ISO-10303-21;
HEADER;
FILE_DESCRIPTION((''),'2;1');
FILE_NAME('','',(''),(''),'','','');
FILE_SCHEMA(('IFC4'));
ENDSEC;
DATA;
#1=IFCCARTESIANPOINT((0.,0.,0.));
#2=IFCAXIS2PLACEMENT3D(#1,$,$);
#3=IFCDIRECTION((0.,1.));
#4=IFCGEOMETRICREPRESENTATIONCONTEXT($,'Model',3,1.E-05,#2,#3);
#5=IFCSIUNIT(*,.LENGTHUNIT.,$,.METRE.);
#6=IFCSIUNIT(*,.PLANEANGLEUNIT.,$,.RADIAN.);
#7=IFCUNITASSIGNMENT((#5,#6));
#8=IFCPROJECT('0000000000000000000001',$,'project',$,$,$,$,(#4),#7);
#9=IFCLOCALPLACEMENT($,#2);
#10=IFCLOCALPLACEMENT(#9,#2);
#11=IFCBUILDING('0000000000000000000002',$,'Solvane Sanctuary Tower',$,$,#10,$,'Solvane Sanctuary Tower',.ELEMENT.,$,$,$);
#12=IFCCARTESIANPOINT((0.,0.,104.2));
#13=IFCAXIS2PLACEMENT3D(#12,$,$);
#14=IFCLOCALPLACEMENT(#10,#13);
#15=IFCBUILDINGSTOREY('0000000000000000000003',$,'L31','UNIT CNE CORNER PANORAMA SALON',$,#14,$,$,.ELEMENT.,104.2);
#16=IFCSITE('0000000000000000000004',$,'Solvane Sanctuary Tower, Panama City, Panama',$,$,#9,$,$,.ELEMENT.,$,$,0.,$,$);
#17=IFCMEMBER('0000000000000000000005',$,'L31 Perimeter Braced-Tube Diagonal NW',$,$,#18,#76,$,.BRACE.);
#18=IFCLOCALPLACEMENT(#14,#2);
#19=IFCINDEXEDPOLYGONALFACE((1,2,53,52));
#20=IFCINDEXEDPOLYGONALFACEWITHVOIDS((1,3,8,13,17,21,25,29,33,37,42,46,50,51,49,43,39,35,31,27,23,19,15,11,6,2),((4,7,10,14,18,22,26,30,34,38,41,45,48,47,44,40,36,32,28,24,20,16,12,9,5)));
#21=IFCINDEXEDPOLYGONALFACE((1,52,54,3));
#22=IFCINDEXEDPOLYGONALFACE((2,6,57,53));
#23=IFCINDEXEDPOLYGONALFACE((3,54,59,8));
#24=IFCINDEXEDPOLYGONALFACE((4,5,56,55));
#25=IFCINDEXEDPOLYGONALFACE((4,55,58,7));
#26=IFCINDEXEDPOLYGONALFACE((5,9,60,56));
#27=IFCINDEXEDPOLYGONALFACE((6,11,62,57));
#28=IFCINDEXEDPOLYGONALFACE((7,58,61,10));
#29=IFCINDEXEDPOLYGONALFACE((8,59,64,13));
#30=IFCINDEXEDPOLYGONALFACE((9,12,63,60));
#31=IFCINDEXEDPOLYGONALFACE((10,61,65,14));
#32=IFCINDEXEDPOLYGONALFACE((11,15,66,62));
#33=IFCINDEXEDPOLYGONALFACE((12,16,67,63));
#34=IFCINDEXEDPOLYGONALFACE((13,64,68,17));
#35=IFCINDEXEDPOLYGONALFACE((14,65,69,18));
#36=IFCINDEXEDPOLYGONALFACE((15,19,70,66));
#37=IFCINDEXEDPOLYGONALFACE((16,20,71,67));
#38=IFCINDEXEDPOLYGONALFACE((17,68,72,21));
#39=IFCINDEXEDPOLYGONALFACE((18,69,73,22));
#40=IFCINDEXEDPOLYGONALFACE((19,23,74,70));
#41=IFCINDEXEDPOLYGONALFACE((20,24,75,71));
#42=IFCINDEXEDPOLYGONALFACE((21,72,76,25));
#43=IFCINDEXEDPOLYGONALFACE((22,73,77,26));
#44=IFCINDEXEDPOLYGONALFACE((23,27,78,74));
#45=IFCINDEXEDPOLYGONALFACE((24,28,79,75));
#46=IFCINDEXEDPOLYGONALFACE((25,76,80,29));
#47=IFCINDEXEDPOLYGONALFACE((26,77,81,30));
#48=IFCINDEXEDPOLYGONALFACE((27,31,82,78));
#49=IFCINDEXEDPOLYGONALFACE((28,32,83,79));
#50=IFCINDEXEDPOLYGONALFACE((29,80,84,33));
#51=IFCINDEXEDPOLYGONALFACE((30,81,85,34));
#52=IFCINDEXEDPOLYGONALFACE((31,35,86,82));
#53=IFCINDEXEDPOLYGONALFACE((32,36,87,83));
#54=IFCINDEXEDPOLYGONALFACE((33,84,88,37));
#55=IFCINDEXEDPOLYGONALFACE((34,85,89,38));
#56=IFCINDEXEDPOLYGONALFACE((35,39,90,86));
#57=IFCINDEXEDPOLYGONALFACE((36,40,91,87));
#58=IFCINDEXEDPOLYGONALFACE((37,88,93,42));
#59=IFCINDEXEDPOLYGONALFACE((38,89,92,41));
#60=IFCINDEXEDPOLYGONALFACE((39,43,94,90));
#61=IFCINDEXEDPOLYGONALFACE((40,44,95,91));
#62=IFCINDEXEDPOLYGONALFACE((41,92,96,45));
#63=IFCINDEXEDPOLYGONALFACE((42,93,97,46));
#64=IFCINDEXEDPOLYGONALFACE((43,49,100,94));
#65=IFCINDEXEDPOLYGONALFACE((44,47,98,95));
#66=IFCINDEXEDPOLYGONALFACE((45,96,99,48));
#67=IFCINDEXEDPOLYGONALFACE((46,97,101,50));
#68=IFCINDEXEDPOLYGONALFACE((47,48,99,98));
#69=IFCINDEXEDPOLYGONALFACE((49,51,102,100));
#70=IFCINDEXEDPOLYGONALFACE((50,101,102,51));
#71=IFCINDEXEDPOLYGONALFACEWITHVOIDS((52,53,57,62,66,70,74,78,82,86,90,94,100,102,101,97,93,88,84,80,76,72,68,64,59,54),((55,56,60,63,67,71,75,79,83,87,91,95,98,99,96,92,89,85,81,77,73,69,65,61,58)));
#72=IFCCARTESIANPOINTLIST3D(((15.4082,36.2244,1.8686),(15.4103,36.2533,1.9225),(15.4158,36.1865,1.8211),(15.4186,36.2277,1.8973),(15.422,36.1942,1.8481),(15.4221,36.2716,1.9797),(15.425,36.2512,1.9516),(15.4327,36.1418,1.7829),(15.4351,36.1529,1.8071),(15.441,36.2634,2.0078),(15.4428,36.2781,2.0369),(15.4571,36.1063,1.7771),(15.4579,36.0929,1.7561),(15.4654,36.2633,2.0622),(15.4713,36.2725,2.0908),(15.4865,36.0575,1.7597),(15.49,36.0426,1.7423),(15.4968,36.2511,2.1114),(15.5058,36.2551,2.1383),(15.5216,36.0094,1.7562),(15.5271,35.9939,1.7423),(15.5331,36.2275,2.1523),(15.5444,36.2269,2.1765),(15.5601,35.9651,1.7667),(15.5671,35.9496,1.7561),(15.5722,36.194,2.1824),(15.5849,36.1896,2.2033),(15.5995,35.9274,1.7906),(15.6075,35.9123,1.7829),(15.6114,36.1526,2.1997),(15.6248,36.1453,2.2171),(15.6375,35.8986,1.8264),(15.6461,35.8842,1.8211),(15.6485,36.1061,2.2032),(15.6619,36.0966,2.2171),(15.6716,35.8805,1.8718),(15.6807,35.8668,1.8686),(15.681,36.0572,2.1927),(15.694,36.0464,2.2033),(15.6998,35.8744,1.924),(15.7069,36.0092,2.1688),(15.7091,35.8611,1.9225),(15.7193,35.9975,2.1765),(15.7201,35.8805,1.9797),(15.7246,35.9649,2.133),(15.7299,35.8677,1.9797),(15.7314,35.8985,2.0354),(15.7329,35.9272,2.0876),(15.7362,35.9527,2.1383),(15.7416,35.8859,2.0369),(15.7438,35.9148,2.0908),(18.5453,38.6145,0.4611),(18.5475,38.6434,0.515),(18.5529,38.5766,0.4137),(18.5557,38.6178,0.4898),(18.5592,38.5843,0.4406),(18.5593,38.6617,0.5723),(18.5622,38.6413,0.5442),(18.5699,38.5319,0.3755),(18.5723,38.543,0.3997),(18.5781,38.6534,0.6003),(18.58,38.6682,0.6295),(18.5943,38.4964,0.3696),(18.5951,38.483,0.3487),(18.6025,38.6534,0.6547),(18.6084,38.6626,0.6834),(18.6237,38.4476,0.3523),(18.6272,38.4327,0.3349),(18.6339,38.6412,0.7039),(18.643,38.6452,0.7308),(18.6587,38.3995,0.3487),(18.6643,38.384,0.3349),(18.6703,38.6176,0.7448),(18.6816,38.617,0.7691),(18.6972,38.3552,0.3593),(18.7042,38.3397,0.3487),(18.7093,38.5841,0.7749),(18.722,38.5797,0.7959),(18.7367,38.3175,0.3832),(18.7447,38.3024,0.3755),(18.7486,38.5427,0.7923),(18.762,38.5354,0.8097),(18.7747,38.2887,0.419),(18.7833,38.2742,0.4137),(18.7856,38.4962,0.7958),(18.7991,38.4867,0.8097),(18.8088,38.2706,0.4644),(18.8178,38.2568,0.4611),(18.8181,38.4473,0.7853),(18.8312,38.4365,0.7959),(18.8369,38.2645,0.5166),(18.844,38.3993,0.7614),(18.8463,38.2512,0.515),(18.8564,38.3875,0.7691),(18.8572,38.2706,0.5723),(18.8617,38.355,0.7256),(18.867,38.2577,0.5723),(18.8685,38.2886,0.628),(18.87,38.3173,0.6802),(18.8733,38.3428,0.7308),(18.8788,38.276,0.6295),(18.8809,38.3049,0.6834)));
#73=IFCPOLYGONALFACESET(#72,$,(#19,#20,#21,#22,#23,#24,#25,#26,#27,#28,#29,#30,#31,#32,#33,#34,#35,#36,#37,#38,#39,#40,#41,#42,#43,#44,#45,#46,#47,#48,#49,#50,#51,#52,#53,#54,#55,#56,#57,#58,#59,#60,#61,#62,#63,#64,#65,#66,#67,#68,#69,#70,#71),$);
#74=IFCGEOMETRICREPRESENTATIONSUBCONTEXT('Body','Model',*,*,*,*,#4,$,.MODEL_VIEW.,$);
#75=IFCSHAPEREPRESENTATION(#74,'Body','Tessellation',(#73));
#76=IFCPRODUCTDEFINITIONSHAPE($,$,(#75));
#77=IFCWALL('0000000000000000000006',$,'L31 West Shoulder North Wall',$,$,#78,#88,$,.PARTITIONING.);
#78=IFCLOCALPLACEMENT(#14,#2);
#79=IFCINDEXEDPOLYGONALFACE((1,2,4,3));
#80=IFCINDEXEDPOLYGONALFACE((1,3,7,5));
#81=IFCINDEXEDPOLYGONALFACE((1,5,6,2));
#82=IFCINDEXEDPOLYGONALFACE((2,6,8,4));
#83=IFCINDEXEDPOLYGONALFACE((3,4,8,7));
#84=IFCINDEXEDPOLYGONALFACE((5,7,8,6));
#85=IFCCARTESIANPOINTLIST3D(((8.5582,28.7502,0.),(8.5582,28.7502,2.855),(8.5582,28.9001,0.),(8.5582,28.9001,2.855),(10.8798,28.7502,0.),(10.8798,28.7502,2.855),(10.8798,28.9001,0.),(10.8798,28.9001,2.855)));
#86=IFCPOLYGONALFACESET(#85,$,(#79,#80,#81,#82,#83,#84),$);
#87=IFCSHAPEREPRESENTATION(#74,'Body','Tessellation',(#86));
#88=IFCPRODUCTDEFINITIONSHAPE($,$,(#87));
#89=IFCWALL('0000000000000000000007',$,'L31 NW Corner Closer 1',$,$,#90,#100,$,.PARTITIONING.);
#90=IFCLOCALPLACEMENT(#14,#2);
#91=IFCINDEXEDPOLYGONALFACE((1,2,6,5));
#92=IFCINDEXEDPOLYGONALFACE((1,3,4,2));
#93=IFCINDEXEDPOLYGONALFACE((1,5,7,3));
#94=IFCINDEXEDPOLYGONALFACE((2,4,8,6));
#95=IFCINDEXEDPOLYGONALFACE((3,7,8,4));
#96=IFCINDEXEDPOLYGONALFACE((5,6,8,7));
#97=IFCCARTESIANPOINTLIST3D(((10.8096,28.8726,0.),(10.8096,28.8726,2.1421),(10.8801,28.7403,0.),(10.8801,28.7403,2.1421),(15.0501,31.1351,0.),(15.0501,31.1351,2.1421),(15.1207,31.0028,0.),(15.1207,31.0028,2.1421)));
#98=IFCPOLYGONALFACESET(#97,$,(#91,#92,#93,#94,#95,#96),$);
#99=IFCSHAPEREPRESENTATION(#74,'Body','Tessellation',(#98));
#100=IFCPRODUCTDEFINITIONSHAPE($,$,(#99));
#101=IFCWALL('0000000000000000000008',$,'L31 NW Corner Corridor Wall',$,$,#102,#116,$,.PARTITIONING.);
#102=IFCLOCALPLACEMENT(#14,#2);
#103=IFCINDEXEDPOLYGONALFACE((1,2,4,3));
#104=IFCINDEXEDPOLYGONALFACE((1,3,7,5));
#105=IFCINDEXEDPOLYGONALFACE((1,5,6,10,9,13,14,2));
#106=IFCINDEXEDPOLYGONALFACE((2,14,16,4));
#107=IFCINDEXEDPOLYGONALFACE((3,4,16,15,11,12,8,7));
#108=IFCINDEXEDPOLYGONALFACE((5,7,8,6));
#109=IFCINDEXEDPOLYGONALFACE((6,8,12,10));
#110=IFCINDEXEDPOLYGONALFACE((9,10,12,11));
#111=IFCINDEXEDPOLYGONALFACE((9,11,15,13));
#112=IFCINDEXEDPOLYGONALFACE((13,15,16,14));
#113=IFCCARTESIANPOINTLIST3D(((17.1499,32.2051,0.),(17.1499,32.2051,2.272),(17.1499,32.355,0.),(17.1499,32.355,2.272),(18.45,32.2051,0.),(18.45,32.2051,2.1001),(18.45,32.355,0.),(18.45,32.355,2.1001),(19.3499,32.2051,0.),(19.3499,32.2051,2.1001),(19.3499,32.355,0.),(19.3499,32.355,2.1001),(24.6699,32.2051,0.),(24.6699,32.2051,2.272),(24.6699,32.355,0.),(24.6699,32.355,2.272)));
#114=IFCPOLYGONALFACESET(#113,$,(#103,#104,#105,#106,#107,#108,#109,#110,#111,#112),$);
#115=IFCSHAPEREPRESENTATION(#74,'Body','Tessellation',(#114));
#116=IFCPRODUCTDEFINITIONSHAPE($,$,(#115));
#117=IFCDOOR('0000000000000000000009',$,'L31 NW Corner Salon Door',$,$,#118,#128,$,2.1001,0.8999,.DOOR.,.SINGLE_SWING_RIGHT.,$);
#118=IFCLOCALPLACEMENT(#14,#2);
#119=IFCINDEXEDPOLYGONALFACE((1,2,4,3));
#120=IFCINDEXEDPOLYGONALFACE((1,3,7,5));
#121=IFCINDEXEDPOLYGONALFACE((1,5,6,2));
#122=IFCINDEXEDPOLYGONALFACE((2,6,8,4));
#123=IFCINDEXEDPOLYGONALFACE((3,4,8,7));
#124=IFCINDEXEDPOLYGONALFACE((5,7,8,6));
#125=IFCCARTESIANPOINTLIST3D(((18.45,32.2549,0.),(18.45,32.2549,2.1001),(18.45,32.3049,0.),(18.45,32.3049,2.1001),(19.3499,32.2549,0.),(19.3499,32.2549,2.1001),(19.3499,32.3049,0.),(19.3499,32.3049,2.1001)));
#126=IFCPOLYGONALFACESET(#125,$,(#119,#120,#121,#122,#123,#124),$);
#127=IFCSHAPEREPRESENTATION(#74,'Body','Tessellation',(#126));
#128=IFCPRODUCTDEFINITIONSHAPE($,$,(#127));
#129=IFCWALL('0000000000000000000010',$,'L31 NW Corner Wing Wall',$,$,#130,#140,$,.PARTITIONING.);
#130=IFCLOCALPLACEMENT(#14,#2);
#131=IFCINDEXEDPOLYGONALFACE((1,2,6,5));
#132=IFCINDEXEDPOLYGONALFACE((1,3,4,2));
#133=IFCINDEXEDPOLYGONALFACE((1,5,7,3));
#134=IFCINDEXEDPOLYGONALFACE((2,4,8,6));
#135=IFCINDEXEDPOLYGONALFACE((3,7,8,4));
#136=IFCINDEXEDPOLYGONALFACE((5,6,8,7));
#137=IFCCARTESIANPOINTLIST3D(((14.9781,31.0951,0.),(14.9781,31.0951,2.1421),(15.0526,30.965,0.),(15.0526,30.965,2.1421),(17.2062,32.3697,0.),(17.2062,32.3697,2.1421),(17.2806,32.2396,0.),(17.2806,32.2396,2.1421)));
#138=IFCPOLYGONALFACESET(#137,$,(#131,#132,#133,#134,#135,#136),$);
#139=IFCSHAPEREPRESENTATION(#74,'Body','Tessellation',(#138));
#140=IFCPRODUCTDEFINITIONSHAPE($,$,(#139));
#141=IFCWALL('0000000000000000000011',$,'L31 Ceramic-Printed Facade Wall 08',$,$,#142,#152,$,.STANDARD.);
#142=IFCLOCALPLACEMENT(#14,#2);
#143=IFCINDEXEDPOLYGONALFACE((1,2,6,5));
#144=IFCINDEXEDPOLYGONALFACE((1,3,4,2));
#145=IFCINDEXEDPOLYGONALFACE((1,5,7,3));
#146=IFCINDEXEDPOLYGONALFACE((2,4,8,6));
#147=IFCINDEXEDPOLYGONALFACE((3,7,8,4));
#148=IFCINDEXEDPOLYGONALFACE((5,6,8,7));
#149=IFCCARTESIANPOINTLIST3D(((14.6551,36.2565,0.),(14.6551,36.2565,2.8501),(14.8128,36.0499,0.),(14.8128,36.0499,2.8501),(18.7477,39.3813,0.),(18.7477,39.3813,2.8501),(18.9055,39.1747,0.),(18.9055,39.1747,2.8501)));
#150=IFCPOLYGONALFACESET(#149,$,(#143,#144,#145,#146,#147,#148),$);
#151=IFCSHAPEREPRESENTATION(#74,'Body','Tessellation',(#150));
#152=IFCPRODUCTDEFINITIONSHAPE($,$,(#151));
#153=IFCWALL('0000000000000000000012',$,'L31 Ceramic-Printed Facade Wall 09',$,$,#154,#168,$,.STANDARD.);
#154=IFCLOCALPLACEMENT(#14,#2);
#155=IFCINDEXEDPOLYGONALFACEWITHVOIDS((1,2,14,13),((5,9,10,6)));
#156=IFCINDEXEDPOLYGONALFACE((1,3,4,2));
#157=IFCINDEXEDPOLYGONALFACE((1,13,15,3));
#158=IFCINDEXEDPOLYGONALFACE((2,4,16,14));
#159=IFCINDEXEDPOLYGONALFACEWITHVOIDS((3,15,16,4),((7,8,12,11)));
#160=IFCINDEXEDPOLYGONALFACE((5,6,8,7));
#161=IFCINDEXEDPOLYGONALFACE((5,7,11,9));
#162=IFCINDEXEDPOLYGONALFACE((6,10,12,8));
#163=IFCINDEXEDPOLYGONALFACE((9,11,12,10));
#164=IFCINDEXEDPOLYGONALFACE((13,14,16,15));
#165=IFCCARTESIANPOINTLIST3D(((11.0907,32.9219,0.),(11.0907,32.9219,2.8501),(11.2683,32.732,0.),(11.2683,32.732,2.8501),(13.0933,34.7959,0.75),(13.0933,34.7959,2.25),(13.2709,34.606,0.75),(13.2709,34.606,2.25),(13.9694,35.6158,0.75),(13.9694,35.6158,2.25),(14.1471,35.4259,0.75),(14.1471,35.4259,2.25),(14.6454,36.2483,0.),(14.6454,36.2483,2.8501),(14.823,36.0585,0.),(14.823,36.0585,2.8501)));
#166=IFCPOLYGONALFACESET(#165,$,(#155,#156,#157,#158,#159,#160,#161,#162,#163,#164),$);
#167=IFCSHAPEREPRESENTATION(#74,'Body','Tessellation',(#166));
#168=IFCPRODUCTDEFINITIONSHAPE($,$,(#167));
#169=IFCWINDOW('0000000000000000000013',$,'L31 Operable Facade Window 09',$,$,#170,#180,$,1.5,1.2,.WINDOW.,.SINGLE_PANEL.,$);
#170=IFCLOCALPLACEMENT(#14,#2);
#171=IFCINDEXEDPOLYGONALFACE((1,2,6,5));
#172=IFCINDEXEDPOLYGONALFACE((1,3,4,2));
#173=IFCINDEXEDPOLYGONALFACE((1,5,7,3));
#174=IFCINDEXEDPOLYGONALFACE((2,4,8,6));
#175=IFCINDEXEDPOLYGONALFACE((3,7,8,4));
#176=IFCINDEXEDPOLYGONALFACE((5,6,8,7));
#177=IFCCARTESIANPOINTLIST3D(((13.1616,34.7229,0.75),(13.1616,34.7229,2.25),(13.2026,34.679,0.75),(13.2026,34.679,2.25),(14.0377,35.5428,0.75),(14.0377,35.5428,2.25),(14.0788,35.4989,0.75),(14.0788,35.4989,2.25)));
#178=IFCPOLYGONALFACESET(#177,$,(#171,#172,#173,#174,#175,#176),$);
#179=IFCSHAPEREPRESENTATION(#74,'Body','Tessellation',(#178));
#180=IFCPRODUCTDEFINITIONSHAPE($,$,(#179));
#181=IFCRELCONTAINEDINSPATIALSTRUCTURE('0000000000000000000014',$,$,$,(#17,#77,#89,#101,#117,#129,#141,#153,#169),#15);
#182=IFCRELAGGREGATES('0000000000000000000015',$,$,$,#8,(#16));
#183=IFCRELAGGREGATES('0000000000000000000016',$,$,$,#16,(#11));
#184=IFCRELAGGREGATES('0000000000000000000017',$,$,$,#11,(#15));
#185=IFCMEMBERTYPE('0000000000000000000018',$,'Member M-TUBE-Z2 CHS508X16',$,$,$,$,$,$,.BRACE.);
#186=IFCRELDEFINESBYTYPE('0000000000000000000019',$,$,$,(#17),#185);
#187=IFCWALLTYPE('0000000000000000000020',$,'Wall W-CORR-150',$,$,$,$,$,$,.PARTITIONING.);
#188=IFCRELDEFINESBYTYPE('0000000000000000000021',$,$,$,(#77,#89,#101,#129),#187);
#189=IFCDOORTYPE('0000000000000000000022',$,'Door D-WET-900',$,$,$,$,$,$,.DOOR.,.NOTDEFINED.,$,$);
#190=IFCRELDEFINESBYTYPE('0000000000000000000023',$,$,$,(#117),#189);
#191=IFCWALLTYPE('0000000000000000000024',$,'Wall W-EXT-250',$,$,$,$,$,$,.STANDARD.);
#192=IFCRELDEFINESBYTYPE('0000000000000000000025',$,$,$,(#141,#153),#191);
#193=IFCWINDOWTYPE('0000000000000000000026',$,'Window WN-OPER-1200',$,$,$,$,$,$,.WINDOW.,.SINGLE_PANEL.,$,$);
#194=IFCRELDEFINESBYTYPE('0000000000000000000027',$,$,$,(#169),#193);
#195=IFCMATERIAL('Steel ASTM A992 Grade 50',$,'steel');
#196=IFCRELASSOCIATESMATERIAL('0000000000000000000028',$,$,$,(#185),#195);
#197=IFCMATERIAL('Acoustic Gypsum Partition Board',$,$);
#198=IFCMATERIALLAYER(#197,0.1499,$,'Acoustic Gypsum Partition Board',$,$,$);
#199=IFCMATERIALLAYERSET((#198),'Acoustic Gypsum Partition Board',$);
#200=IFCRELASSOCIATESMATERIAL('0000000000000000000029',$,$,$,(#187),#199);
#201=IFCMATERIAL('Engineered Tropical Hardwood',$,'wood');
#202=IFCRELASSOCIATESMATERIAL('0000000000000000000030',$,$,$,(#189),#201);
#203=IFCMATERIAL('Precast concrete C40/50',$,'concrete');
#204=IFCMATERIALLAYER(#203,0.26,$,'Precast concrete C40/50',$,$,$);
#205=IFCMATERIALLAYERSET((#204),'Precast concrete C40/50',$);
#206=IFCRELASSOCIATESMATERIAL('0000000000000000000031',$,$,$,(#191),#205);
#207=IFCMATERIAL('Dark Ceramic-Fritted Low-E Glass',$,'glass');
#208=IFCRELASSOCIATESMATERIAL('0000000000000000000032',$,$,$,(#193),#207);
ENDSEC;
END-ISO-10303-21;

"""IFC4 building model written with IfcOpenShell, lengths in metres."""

from ifc_helpers import new_model, si_unit, direction, frame, frame_2d, origin, origin_2d, place, context, subcontext, project, spatial, rectangle, hollow_circle, extrude, material, layer, layer_set, material_profile, profile_set, type_object, element, fill, save


model = new_model("IFC4")

# Units and contexts
model_context = context("Model", 3, precision=1e-05, world=origin(), true_north=direction((0.0, 1.0)))
body_context = subcontext(model_context, "Body", "Model", "MODEL_VIEW")
ifc_project = project(units=[si_unit("LENGTHUNIT", "METRE"), si_unit("PLANEANGLEUNIT", "RADIAN")], contexts=[model_context])

# Site, building, storey
site_placement = place(None, origin())
site = spatial("IfcSite", under=ifc_project, at=site_placement, Name="Solvane Sanctuary Tower, Panama City, Panama", CompositionType="ELEMENT", RefElevation=0.0)
building_placement = place(site_placement, origin())
building = spatial("IfcBuilding", under=site, at=building_placement, Name="Solvane Sanctuary Tower", LongName="Solvane Sanctuary Tower", CompositionType="ELEMENT")
storey_placement = place(building_placement, frame((0.0, 0.0, 104.2)))
storey = spatial("IfcBuildingStorey", under=building, at=storey_placement, Name="L31", Description="UNIT CNE CORNER PANORAMA SALON", CompositionType="ELEMENT", Elevation=104.2)

# Shared definitions
ifc_material_1 = material(Name="Steel ASTM A992 Grade 50", Category="steel")

# Member
ifc_material_profile_1 = material_profile(ifc_material_1, hollow_circle(Radius=0.2539, WallThickness=0.0161, at=origin_2d()), Name="CHS508X16")
ifc_profile_set_1 = profile_set([ifc_material_profile_1], Name="Steel ASTM A992 Grade 50")
member_type = type_object("IfcMemberType", Name="Member M-TUBE-Z2 CHS508X16", PredefinedType="BRACE", material=ifc_profile_set_1)
member_placement = place(storey_placement, frame((18.7131, 38.4597, 0.5723), z_axis=(-0.74917, -0.570769, 0.336106), x_axis=(0.606025, -0.795446, 0.0)))
element("IfcMember", 1, at=member_placement, inside=storey, type_object=member_type, Name="L31 Perimeter Braced-Tube Diagonal NW", PredefinedType="BRACE", context=body_context, shape_type="SweptSolid", body=[
    extrude(hollow_circle(Radius=0.2539, WallThickness=0.0161, at=origin_2d()), origin(), (0.0, 0.0, 1.0), 4.1875),
])

# Walls
ifc_material_2 = material(Name="Acoustic Gypsum Partition Board")
ifc_layer_1 = layer(ifc_material_2, 0.1499, Name="Acoustic Gypsum Partition Board")
ifc_layer_set_1 = layer_set([ifc_layer_1], Name="Acoustic Gypsum Partition Board")
wall_type_1 = type_object("IfcWallType", Name="Wall W-CORR-150", PredefinedType="PARTITIONING", material=ifc_layer_set_1)
wall_1_placement = place(storey_placement, frame((8.5583, 28.8252, 0.0), z_axis=(0.0, 0.0, 1.0), x_axis=(1.0, 0.0, 0.0)))
element("IfcWall", 2, at=wall_1_placement, inside=storey, type_object=wall_type_1, Name="L31 West Shoulder North Wall", PredefinedType="PARTITIONING", context=body_context, shape_type="SweptSolid", body=[
    extrude(rectangle(XDim=2.3215, YDim=0.1499, at=frame_2d((1.1606, 0.0))), origin(), (0.0, 0.0, 1.0), 2.855),
])
wall_2_placement = place(storey_placement, frame((10.8447, 28.8064, 0.0), z_axis=(0.0, 0.0, 1.0), x_axis=(0.882278, 0.470728, 0.0)))
element("IfcWall", 3, at=wall_2_placement, inside=storey, type_object=wall_type_1, Name="L31 NW Corner Closer 1", PredefinedType="PARTITIONING", context=body_context, shape_type="SweptSolid", body=[
    extrude(rectangle(XDim=4.8064, YDim=0.1499, at=frame_2d((2.4033, 0.0))), origin(), (0.0, 0.0, 1.0), 2.1421),
])

# Wall, opening, door
wall_3_placement = place(storey_placement, frame((17.1499, 32.28, 0.0), z_axis=(0.0, 0.0, 1.0), x_axis=(1.0, 0.0, 0.0)))
wall_3 = element("IfcWall", 4, at=wall_3_placement, inside=storey, type_object=wall_type_1, Name="L31 NW Corner Corridor Wall", PredefinedType="PARTITIONING", context=body_context, shape_type="SweptSolid", body=[
    extrude(rectangle(XDim=7.52, YDim=0.1499, at=frame_2d((3.76, 0.0))), origin(), (0.0, 0.0, 1.0), 2.272),
])
opening_1_placement = place(wall_3_placement, frame((1.3, 0.0, 0.0)))
opening_1 = element("IfcOpeningElement", 5, at=opening_1_placement, cuts=wall_3, PredefinedType="OPENING", context=body_context, shape_type="SweptSolid", body=[
    extrude(rectangle(XDim=0.8999, YDim=2.1001, at=frame_2d((0.45, 1.05))), frame((0.0, 0.085, 0.0), z_axis=(0.0, -1.0, 0.0), x_axis=(1.0, 0.0, 0.0)), (0.0, 0.0, 1.0), 0.1699),
])
ifc_material_3 = material(Name="Engineered Tropical Hardwood", Category="wood")
door_type_1 = type_object("IfcDoorType", Name="Door D-WET-900", OperationType="NOTDEFINED", PredefinedType="DOOR", material=ifc_material_3)
door_1_placement = place(opening_1_placement, origin())
door_1 = element("IfcDoor", 6, at=door_1_placement, inside=storey, type_object=door_type_1, Name="L31 NW Corner Salon Door", OperationType="SINGLE_SWING_RIGHT", OverallHeight=2.1001, OverallWidth=0.8999, PredefinedType="DOOR", context=body_context, shape_type="SweptSolid", body=[
    extrude(rectangle(XDim=0.8999, YDim=2.1001, at=frame_2d((0.45, 1.05))), frame((0.0, 0.0249, 0.0), z_axis=(0.0, -1.0, 0.0), x_axis=(1.0, 0.0, 0.0)), (0.0, 0.0, 1.0), 0.05),
])
fill(opening_1, door_1)

# Walls
wall_4_placement = place(storey_placement, frame((17.2434, 32.3047, 0.0), z_axis=(0.0, 0.0, 1.0), x_axis=(-0.867991, -0.496579, 0.0)))
element("IfcWall", 7, at=wall_4_placement, inside=storey, type_object=wall_type_1, Name="L31 NW Corner Wing Wall", PredefinedType="PARTITIONING", context=body_context, shape_type="SweptSolid", body=[
    extrude(rectangle(XDim=2.5669, YDim=0.1499, at=frame_2d((1.2834, 0.0))), origin(), (0.0, 0.0, 1.0), 2.1421),
])
ifc_material_4 = material(Name="Precast concrete C40/50", Category="concrete")
ifc_layer_2 = layer(ifc_material_4, 0.26, Name="Precast concrete C40/50")
ifc_layer_set_2 = layer_set([ifc_layer_2], Name="Precast concrete C40/50")
wall_type_2 = type_object("IfcWallType", Name="Wall W-EXT-250", PredefinedType="STANDARD", material=ifc_layer_set_2)
wall_5_placement = place(storey_placement, frame((18.8267, 39.2781, 0.0), z_axis=(0.0, 0.0, 1.0), x_axis=(-0.79481, -0.606859, 0.0)))
element("IfcWall", 8, at=wall_5_placement, inside=storey, type_object=wall_type_2, Name="L31 Ceramic-Printed Facade Wall 08", PredefinedType="STANDARD", context=body_context, shape_type="SweptSolid", body=[
    extrude(rectangle(XDim=5.1492, YDim=0.26, at=frame_2d((2.5747, 0.0))), origin(), (0.0, 0.0, 1.0), 2.8501),
])

# Wall, opening, window
wall_6_placement = place(storey_placement, frame((14.7341, 36.1533, 0.0), z_axis=(0.0, 0.0, 1.0), x_axis=(-0.730162, -0.683274, 0.0)))
wall_6 = element("IfcWall", 9, at=wall_6_placement, inside=storey, type_object=wall_type_2, Name="L31 Ceramic-Printed Facade Wall 09", PredefinedType="STANDARD", context=body_context, shape_type="SweptSolid", body=[
    extrude(rectangle(XDim=4.8684, YDim=0.26, at=frame_2d((2.4341, 0.0))), origin(), (0.0, 0.0, 1.0), 2.8501),
])
opening_2_placement = place(wall_6_placement, frame((0.9255, 0.0, 0.75)))
opening_2 = element("IfcOpeningElement", 10, at=opening_2_placement, cuts=wall_6, PredefinedType="OPENING", context=body_context, shape_type="SweptSolid", body=[
    extrude(rectangle(XDim=1.2, YDim=1.5, at=frame_2d((0.6001, 0.75))), frame((0.0, 0.1399, 0.0), z_axis=(0.0, -1.0, 0.0), x_axis=(1.0, 0.0, 0.0)), (0.0, 0.0, 1.0), 0.28),
])
ifc_material_5 = material(Name="Dark Ceramic-Fritted Low-E Glass", Category="glass")
window_type_1 = type_object("IfcWindowType", Name="Window WN-OPER-1200", PartitioningType="SINGLE_PANEL", PredefinedType="WINDOW", material=ifc_material_5)
window_1_placement = place(opening_2_placement, origin())
window_1 = element("IfcWindow", 11, at=window_1_placement, inside=storey, type_object=window_type_1, Name="L31 Operable Facade Window 09", OverallHeight=1.5, OverallWidth=1.2, PartitioningType="SINGLE_PANEL", PredefinedType="WINDOW", context=body_context, shape_type="SweptSolid", body=[
    extrude(rectangle(XDim=1.2, YDim=1.5, at=frame_2d((0.6001, 0.75))), frame((0.0, 0.03, 0.0), z_axis=(0.0, -1.0, 0.0), x_axis=(1.0, 0.0, 0.0)), (0.0, 0.0, 1.0), 0.0601),
])
fill(opening_2, window_1)

save(model, "model.ifc")
